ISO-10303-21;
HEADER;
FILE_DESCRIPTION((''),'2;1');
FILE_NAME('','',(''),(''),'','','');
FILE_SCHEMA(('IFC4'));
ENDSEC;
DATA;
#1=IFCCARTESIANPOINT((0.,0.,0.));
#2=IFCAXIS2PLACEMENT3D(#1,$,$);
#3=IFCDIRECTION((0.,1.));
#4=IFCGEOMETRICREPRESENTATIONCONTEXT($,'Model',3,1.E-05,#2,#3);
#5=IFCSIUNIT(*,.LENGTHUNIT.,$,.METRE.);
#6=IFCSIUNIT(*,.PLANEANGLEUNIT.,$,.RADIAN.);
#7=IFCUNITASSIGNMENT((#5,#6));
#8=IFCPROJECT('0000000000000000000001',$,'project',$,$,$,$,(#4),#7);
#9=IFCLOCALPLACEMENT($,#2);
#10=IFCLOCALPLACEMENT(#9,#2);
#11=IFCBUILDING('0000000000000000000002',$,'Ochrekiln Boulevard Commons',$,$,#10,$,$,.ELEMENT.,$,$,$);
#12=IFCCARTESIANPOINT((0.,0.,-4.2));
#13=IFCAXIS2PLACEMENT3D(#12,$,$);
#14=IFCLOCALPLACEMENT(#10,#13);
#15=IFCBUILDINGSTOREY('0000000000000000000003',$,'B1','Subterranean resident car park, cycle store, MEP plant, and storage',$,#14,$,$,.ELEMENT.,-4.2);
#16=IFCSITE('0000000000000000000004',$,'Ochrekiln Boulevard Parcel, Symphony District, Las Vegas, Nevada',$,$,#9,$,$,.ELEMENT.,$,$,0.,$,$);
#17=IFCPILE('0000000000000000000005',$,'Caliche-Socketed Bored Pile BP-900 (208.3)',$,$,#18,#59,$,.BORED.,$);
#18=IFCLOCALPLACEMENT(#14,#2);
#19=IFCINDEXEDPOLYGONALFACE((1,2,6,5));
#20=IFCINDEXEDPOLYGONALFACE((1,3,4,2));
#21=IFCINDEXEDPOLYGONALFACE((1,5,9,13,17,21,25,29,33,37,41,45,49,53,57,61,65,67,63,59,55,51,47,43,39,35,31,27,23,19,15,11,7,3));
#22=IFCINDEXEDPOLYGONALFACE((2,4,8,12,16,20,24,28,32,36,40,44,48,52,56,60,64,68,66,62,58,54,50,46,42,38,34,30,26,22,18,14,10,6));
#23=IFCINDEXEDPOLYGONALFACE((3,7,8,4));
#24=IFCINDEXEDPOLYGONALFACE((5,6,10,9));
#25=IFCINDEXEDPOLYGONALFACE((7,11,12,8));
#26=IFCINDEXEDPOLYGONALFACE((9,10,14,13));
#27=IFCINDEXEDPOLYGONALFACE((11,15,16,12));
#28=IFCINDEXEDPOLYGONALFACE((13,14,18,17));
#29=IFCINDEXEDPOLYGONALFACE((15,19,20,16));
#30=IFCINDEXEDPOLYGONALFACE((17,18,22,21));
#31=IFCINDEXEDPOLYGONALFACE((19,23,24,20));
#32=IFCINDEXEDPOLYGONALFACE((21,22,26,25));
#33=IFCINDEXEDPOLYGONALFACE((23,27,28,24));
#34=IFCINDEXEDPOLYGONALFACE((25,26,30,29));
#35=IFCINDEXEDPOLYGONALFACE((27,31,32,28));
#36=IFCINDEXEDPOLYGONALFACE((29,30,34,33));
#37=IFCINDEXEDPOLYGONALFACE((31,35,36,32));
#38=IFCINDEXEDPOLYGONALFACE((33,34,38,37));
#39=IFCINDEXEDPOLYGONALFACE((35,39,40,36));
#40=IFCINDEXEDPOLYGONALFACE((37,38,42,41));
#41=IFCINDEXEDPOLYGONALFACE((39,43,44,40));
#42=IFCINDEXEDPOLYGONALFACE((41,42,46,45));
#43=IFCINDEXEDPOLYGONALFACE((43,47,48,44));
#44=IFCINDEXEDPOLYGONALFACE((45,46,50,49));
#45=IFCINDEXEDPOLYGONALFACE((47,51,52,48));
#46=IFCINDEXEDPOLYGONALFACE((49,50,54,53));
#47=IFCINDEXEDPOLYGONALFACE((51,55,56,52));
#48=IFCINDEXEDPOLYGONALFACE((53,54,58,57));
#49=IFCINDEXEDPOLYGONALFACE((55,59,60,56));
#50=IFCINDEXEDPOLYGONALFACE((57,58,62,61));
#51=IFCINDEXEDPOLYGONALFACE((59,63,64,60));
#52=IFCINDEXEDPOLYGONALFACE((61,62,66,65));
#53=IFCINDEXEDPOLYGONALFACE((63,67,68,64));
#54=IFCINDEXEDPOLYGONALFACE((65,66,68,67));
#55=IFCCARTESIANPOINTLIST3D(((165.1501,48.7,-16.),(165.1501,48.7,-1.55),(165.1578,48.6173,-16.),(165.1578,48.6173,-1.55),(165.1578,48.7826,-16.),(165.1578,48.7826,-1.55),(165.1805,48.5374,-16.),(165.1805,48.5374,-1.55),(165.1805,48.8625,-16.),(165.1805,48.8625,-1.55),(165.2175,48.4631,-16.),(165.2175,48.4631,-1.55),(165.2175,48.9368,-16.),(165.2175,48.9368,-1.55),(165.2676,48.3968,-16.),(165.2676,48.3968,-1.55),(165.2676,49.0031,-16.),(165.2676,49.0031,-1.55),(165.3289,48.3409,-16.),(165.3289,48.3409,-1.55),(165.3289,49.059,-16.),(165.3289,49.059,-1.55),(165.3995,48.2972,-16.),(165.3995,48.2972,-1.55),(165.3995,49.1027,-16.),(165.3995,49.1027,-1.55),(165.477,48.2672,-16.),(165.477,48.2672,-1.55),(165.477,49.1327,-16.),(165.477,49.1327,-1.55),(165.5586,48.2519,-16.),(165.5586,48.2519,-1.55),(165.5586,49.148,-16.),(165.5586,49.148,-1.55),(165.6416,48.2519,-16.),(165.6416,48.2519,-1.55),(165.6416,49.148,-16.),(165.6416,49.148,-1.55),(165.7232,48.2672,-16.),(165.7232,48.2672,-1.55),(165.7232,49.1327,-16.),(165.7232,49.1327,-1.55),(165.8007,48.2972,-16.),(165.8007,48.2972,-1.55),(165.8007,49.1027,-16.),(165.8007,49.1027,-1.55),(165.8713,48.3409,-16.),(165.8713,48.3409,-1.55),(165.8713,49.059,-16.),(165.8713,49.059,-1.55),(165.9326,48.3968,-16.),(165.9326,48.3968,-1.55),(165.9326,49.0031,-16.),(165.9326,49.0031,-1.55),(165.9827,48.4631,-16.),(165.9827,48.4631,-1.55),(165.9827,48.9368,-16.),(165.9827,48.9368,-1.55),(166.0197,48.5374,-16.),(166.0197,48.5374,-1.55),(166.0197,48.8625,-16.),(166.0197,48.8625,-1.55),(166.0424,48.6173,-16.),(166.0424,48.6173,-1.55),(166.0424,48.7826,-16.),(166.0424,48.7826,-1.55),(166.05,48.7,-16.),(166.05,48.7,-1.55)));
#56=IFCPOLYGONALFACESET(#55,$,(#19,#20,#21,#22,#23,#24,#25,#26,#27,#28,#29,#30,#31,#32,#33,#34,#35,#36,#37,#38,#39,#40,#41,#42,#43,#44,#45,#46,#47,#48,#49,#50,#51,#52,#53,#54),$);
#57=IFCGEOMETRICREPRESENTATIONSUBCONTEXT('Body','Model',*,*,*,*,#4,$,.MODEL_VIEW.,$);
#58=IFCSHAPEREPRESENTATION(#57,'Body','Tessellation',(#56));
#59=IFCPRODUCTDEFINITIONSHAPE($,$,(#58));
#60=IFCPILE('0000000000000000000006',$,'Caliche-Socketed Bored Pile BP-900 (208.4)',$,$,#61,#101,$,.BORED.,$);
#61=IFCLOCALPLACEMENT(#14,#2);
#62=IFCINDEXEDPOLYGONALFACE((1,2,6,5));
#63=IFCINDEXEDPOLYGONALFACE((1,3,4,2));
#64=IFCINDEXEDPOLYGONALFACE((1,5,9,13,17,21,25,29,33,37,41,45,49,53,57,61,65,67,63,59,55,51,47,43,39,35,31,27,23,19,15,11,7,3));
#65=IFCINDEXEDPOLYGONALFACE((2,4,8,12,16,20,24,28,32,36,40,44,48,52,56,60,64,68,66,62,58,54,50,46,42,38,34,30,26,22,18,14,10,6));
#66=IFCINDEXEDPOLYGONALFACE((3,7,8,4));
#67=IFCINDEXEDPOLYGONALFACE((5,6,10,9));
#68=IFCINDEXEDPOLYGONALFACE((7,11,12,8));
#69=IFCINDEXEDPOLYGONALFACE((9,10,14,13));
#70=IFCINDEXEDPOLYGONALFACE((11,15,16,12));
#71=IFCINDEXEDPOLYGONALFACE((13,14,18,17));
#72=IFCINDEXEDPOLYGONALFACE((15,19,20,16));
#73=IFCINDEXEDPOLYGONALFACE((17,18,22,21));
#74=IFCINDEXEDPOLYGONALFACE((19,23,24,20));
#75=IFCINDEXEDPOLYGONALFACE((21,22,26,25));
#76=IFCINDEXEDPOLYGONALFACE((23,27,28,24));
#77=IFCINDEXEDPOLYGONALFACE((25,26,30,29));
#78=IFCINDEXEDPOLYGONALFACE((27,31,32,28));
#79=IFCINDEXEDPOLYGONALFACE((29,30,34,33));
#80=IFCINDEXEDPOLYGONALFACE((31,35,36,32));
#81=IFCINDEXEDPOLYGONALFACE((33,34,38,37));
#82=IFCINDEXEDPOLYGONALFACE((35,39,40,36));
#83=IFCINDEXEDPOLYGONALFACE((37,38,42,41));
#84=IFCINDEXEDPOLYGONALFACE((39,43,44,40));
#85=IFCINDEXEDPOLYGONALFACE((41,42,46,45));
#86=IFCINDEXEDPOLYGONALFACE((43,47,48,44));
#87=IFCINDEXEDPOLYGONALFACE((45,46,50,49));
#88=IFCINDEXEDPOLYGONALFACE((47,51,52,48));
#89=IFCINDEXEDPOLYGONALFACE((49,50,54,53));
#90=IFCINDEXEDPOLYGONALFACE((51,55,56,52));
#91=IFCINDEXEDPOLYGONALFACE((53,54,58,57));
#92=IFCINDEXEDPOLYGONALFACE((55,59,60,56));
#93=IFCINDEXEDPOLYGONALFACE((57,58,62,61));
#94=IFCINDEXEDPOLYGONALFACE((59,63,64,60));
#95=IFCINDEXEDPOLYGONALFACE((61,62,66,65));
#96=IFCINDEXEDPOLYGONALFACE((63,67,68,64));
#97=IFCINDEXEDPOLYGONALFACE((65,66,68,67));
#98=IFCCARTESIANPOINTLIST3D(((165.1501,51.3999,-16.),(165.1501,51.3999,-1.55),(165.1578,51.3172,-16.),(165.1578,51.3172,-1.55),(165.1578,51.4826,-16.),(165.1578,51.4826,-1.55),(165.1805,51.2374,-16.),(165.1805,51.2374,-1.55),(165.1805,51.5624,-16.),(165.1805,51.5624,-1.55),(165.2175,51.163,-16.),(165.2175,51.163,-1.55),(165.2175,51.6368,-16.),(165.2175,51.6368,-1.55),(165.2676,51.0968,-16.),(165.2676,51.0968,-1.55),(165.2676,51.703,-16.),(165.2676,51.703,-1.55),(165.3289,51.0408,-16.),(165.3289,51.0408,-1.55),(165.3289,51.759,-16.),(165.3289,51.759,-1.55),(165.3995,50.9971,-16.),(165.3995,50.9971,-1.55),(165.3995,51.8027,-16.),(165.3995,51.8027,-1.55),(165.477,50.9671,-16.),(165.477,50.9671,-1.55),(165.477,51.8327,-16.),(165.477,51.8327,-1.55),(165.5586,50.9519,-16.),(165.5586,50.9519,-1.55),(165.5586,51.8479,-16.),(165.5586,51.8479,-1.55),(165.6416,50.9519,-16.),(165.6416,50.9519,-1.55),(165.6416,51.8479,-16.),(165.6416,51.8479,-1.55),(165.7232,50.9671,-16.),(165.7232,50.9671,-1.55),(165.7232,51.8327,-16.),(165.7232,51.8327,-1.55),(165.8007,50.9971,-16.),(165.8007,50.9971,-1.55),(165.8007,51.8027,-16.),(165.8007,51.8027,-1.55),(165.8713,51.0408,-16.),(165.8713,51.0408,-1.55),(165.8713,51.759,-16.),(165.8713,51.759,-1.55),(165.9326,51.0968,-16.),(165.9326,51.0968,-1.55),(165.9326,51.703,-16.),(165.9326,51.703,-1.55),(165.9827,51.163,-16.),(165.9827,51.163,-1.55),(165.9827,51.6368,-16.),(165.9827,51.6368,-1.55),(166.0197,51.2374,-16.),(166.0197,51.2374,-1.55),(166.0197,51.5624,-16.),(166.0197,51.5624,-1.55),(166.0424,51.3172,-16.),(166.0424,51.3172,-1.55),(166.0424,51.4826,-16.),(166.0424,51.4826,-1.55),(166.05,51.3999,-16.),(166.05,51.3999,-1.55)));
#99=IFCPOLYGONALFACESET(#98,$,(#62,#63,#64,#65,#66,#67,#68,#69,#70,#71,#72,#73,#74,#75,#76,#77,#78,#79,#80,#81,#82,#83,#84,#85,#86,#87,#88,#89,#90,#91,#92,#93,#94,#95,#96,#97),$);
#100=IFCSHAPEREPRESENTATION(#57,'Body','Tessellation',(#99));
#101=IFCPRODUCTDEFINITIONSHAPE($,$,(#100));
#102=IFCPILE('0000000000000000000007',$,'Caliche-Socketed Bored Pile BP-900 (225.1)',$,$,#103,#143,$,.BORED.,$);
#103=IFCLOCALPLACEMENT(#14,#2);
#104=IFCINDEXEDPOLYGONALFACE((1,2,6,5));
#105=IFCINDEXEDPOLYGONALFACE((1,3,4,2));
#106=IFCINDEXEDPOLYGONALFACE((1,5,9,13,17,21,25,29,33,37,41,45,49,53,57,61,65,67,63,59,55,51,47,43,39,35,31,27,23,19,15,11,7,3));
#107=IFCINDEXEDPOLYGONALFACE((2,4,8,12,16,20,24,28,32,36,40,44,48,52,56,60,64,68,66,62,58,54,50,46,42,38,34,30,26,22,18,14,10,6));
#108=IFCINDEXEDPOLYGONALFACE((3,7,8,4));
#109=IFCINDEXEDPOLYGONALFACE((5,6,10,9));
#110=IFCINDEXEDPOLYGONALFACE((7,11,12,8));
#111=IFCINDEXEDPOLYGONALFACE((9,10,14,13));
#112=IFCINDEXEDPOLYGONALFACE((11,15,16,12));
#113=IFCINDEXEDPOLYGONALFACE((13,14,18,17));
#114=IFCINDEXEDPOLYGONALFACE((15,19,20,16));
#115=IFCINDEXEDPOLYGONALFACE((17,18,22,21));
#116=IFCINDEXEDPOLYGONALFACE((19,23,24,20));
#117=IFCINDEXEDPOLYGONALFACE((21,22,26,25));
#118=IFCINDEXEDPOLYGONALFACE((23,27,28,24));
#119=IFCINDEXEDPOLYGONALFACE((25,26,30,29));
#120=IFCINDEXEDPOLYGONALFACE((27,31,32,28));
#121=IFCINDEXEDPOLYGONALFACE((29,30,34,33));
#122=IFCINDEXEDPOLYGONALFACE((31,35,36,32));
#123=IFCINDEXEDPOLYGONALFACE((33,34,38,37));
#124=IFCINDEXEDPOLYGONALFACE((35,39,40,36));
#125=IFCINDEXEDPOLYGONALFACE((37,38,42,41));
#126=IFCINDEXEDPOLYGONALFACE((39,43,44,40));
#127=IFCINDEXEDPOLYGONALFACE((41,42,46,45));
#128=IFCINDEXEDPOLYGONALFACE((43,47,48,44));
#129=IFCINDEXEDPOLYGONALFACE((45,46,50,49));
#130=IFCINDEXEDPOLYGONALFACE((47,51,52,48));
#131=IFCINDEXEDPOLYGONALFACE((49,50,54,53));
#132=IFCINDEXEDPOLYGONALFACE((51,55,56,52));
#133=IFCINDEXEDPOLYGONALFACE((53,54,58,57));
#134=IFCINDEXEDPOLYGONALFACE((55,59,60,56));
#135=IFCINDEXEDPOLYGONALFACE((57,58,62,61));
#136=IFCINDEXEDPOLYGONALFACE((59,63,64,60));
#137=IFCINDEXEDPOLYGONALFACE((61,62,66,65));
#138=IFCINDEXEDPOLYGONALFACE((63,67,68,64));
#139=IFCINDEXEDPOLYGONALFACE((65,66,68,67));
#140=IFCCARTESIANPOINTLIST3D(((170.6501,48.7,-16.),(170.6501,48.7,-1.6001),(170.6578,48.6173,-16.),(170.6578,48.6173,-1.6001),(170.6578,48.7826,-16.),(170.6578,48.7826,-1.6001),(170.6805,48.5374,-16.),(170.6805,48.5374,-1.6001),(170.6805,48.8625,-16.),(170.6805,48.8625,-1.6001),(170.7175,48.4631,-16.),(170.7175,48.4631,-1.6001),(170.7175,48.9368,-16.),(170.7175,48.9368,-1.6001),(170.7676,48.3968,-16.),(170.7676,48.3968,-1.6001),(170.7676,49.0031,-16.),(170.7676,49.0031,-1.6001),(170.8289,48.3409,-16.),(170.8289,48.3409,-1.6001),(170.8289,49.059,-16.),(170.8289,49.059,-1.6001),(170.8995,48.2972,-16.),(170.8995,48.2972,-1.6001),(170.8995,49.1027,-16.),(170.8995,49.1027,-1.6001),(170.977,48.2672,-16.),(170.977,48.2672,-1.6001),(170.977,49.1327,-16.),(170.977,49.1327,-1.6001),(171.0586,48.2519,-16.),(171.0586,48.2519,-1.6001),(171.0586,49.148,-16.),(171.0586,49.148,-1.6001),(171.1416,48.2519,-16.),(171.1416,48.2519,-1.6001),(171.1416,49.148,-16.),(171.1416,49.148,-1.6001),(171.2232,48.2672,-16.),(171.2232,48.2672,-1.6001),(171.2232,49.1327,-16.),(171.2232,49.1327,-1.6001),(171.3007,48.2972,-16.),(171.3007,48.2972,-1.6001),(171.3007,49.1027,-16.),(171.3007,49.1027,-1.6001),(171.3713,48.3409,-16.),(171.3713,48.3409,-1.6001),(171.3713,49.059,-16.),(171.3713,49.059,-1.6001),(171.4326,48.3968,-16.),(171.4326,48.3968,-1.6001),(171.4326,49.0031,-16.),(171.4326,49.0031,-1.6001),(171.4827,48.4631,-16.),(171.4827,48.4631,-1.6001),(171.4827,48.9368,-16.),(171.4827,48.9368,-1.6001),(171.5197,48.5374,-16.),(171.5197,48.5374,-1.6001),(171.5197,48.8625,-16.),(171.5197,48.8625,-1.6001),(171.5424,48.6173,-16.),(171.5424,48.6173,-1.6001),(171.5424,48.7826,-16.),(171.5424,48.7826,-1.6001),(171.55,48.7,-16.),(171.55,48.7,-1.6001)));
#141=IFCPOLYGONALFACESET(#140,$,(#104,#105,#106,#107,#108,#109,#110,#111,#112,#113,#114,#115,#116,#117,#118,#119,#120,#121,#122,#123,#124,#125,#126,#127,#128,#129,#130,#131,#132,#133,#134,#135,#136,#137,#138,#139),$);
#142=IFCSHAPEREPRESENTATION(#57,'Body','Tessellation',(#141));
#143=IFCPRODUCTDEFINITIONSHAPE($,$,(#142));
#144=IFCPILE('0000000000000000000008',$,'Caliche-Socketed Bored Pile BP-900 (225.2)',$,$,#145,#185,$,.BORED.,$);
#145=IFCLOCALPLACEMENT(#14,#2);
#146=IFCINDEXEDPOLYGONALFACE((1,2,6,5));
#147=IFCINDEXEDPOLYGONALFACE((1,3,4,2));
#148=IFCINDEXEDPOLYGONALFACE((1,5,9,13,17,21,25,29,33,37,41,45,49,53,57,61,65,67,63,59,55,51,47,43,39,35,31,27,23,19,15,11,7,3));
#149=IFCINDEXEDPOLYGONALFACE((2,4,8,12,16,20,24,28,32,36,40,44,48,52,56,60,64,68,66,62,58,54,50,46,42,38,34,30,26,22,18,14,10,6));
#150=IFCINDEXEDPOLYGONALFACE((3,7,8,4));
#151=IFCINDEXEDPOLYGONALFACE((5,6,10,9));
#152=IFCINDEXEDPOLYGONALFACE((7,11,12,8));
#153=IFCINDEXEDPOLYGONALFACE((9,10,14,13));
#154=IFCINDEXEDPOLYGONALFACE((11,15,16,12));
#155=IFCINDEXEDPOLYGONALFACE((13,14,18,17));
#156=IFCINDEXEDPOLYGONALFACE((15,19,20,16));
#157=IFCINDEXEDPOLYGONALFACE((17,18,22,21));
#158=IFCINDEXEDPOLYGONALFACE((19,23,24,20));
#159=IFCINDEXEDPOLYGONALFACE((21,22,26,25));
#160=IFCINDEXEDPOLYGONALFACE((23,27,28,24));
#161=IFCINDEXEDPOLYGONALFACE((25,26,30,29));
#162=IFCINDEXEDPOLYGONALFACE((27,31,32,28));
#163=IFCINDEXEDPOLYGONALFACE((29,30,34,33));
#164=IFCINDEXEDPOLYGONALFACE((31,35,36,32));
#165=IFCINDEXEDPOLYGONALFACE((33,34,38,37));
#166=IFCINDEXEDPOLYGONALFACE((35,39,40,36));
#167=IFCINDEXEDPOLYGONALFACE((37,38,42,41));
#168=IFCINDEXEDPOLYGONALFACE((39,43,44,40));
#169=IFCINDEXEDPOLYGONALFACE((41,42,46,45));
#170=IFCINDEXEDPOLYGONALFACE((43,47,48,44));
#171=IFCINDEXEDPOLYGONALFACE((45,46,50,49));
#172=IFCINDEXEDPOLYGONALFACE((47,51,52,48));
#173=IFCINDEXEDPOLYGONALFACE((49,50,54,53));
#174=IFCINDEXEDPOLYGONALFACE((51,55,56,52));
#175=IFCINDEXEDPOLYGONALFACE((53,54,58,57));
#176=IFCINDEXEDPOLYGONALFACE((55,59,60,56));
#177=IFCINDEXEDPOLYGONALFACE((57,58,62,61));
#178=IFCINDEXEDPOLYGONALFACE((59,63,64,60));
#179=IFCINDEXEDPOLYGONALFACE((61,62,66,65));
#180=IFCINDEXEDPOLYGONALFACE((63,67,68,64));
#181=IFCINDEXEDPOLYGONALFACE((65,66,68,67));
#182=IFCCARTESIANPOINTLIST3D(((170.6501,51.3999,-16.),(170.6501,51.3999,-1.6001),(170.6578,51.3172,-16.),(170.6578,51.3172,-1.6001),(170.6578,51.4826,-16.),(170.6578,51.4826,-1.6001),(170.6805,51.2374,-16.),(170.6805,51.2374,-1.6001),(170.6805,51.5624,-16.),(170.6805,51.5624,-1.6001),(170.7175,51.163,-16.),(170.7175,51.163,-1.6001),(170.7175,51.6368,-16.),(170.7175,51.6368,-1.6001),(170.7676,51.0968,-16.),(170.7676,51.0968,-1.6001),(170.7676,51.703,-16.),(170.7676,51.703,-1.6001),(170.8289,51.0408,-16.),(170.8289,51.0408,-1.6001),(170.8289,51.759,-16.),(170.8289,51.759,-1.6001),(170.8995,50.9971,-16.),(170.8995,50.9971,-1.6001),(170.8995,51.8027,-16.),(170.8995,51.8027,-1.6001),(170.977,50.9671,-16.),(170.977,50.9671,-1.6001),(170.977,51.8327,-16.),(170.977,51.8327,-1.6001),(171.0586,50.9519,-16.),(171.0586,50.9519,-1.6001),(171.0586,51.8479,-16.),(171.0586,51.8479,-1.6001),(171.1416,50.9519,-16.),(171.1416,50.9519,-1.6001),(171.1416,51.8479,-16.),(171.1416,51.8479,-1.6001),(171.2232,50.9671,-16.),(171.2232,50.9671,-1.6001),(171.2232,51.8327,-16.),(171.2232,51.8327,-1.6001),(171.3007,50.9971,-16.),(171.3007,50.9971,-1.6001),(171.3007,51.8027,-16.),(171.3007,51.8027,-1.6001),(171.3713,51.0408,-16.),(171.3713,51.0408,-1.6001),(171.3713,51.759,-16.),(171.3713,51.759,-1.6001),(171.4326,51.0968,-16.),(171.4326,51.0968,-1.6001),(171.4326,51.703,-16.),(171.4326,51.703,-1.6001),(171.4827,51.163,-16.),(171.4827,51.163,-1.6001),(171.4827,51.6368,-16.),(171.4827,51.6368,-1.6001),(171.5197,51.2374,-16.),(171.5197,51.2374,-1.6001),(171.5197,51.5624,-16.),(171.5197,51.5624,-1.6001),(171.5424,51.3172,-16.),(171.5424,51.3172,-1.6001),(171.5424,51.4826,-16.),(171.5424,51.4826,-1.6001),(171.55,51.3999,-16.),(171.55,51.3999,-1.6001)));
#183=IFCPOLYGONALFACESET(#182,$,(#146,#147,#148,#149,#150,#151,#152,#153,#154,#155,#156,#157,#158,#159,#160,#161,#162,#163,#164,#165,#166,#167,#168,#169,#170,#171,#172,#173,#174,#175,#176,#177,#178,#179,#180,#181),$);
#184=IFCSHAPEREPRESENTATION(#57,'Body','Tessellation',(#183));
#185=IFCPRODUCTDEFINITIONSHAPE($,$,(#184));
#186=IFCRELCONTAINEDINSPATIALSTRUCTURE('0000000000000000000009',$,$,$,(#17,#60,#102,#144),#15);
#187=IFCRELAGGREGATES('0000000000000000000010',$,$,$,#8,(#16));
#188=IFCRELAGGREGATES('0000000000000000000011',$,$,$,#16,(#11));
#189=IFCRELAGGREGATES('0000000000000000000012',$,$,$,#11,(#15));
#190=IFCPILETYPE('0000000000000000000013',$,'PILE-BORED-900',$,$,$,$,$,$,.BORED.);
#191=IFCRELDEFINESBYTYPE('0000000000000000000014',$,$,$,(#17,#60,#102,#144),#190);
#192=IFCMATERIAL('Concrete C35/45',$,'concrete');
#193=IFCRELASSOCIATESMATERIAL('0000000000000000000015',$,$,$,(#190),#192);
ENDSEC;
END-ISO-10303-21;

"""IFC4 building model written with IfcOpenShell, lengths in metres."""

from ifc_helpers import new_model, si_unit, direction, frame, origin, origin_2d, place, context, subcontext, project, spatial, circle, extrude, material, material_profile, profile_set, type_object, element, save


model = new_model("IFC4")

# Units and contexts
model_context = context("Model", 3, precision=1e-05, world=origin(), true_north=direction((0.0, 1.0)))
body_context = subcontext(model_context, "Body", "Model", "MODEL_VIEW")
ifc_project = project(units=[si_unit("LENGTHUNIT", "METRE"), si_unit("PLANEANGLEUNIT", "RADIAN")], contexts=[model_context])

# Site, building, storey
site_placement = place(None, origin())
site = spatial("IfcSite", under=ifc_project, at=site_placement, Name="Ochrekiln Boulevard Parcel, Symphony District, Las Vegas, Nevada", CompositionType="ELEMENT", RefElevation=0.0)
building_placement = place(site_placement, origin())
building = spatial("IfcBuilding", under=site, at=building_placement, Name="Ochrekiln Boulevard Commons", CompositionType="ELEMENT")
storey_placement = place(building_placement, frame((0.0, 0.0, -4.2)))
storey = spatial("IfcBuildingStorey", under=building, at=storey_placement, Name="B1", Description="Subterranean resident car park, cycle store, MEP plant, and storage", CompositionType="ELEMENT", Elevation=-4.2)

# Shared definitions
ifc_material_1 = material(Name="Concrete C35/45", Category="concrete")

# Piles
ifc_material_profile_1 = material_profile(ifc_material_1, circle(Radius=0.45, at=origin_2d()), Name="PILE-D900")
ifc_profile_set_1 = profile_set([ifc_material_profile_1], Name="Concrete C35/45")
pile_type_1 = type_object("IfcPileType", Name="PILE-BORED-900", PredefinedType="BORED", material=ifc_profile_set_1)
for number, where, z_axis, x_axis, name in (
    (1, (165.6001, 48.7, -1.55), (0.0, 0.0, -1.0), (1.0, 0.0, 0.0), "Caliche-Socketed Bored Pile BP-900 (208.3)"),
    (2, (165.6001, 51.3999, -1.55), (0.0, 0.0, -1.0), (1.0, 0.0, 0.0), "Caliche-Socketed Bored Pile BP-900 (208.4)"),
):
    element("IfcPile", number, at=place(storey_placement, frame(where, z_axis=z_axis, x_axis=x_axis)), inside=storey, type_object=pile_type_1, Name=name, PredefinedType="BORED", context=body_context, shape_type="SweptSolid", body=[
        extrude(circle(Radius=0.45, at=origin_2d()), origin(), (0.0, 0.0, 1.0), 14.45),
    ])
for number, where, z_axis, x_axis, name in (
    (3, (171.1001, 48.7, -1.6001), (0.0, 0.0, -1.0), (1.0, 0.0, 0.0), "Caliche-Socketed Bored Pile BP-900 (225.1)"),
    (4, (171.1001, 51.3999, -1.6001), (0.0, 0.0, -1.0), (1.0, 0.0, 0.0), "Caliche-Socketed Bored Pile BP-900 (225.2)"),
):
    element("IfcPile", number, at=place(storey_placement, frame(where, z_axis=z_axis, x_axis=x_axis)), inside=storey, type_object=pile_type_1, Name=name, PredefinedType="BORED", context=body_context, shape_type="SweptSolid", body=[
        extrude(circle(Radius=0.45, at=origin_2d()), origin(), (0.0, 0.0, 1.0), 14.3999),
    ])

save(model, "model.ifc")
